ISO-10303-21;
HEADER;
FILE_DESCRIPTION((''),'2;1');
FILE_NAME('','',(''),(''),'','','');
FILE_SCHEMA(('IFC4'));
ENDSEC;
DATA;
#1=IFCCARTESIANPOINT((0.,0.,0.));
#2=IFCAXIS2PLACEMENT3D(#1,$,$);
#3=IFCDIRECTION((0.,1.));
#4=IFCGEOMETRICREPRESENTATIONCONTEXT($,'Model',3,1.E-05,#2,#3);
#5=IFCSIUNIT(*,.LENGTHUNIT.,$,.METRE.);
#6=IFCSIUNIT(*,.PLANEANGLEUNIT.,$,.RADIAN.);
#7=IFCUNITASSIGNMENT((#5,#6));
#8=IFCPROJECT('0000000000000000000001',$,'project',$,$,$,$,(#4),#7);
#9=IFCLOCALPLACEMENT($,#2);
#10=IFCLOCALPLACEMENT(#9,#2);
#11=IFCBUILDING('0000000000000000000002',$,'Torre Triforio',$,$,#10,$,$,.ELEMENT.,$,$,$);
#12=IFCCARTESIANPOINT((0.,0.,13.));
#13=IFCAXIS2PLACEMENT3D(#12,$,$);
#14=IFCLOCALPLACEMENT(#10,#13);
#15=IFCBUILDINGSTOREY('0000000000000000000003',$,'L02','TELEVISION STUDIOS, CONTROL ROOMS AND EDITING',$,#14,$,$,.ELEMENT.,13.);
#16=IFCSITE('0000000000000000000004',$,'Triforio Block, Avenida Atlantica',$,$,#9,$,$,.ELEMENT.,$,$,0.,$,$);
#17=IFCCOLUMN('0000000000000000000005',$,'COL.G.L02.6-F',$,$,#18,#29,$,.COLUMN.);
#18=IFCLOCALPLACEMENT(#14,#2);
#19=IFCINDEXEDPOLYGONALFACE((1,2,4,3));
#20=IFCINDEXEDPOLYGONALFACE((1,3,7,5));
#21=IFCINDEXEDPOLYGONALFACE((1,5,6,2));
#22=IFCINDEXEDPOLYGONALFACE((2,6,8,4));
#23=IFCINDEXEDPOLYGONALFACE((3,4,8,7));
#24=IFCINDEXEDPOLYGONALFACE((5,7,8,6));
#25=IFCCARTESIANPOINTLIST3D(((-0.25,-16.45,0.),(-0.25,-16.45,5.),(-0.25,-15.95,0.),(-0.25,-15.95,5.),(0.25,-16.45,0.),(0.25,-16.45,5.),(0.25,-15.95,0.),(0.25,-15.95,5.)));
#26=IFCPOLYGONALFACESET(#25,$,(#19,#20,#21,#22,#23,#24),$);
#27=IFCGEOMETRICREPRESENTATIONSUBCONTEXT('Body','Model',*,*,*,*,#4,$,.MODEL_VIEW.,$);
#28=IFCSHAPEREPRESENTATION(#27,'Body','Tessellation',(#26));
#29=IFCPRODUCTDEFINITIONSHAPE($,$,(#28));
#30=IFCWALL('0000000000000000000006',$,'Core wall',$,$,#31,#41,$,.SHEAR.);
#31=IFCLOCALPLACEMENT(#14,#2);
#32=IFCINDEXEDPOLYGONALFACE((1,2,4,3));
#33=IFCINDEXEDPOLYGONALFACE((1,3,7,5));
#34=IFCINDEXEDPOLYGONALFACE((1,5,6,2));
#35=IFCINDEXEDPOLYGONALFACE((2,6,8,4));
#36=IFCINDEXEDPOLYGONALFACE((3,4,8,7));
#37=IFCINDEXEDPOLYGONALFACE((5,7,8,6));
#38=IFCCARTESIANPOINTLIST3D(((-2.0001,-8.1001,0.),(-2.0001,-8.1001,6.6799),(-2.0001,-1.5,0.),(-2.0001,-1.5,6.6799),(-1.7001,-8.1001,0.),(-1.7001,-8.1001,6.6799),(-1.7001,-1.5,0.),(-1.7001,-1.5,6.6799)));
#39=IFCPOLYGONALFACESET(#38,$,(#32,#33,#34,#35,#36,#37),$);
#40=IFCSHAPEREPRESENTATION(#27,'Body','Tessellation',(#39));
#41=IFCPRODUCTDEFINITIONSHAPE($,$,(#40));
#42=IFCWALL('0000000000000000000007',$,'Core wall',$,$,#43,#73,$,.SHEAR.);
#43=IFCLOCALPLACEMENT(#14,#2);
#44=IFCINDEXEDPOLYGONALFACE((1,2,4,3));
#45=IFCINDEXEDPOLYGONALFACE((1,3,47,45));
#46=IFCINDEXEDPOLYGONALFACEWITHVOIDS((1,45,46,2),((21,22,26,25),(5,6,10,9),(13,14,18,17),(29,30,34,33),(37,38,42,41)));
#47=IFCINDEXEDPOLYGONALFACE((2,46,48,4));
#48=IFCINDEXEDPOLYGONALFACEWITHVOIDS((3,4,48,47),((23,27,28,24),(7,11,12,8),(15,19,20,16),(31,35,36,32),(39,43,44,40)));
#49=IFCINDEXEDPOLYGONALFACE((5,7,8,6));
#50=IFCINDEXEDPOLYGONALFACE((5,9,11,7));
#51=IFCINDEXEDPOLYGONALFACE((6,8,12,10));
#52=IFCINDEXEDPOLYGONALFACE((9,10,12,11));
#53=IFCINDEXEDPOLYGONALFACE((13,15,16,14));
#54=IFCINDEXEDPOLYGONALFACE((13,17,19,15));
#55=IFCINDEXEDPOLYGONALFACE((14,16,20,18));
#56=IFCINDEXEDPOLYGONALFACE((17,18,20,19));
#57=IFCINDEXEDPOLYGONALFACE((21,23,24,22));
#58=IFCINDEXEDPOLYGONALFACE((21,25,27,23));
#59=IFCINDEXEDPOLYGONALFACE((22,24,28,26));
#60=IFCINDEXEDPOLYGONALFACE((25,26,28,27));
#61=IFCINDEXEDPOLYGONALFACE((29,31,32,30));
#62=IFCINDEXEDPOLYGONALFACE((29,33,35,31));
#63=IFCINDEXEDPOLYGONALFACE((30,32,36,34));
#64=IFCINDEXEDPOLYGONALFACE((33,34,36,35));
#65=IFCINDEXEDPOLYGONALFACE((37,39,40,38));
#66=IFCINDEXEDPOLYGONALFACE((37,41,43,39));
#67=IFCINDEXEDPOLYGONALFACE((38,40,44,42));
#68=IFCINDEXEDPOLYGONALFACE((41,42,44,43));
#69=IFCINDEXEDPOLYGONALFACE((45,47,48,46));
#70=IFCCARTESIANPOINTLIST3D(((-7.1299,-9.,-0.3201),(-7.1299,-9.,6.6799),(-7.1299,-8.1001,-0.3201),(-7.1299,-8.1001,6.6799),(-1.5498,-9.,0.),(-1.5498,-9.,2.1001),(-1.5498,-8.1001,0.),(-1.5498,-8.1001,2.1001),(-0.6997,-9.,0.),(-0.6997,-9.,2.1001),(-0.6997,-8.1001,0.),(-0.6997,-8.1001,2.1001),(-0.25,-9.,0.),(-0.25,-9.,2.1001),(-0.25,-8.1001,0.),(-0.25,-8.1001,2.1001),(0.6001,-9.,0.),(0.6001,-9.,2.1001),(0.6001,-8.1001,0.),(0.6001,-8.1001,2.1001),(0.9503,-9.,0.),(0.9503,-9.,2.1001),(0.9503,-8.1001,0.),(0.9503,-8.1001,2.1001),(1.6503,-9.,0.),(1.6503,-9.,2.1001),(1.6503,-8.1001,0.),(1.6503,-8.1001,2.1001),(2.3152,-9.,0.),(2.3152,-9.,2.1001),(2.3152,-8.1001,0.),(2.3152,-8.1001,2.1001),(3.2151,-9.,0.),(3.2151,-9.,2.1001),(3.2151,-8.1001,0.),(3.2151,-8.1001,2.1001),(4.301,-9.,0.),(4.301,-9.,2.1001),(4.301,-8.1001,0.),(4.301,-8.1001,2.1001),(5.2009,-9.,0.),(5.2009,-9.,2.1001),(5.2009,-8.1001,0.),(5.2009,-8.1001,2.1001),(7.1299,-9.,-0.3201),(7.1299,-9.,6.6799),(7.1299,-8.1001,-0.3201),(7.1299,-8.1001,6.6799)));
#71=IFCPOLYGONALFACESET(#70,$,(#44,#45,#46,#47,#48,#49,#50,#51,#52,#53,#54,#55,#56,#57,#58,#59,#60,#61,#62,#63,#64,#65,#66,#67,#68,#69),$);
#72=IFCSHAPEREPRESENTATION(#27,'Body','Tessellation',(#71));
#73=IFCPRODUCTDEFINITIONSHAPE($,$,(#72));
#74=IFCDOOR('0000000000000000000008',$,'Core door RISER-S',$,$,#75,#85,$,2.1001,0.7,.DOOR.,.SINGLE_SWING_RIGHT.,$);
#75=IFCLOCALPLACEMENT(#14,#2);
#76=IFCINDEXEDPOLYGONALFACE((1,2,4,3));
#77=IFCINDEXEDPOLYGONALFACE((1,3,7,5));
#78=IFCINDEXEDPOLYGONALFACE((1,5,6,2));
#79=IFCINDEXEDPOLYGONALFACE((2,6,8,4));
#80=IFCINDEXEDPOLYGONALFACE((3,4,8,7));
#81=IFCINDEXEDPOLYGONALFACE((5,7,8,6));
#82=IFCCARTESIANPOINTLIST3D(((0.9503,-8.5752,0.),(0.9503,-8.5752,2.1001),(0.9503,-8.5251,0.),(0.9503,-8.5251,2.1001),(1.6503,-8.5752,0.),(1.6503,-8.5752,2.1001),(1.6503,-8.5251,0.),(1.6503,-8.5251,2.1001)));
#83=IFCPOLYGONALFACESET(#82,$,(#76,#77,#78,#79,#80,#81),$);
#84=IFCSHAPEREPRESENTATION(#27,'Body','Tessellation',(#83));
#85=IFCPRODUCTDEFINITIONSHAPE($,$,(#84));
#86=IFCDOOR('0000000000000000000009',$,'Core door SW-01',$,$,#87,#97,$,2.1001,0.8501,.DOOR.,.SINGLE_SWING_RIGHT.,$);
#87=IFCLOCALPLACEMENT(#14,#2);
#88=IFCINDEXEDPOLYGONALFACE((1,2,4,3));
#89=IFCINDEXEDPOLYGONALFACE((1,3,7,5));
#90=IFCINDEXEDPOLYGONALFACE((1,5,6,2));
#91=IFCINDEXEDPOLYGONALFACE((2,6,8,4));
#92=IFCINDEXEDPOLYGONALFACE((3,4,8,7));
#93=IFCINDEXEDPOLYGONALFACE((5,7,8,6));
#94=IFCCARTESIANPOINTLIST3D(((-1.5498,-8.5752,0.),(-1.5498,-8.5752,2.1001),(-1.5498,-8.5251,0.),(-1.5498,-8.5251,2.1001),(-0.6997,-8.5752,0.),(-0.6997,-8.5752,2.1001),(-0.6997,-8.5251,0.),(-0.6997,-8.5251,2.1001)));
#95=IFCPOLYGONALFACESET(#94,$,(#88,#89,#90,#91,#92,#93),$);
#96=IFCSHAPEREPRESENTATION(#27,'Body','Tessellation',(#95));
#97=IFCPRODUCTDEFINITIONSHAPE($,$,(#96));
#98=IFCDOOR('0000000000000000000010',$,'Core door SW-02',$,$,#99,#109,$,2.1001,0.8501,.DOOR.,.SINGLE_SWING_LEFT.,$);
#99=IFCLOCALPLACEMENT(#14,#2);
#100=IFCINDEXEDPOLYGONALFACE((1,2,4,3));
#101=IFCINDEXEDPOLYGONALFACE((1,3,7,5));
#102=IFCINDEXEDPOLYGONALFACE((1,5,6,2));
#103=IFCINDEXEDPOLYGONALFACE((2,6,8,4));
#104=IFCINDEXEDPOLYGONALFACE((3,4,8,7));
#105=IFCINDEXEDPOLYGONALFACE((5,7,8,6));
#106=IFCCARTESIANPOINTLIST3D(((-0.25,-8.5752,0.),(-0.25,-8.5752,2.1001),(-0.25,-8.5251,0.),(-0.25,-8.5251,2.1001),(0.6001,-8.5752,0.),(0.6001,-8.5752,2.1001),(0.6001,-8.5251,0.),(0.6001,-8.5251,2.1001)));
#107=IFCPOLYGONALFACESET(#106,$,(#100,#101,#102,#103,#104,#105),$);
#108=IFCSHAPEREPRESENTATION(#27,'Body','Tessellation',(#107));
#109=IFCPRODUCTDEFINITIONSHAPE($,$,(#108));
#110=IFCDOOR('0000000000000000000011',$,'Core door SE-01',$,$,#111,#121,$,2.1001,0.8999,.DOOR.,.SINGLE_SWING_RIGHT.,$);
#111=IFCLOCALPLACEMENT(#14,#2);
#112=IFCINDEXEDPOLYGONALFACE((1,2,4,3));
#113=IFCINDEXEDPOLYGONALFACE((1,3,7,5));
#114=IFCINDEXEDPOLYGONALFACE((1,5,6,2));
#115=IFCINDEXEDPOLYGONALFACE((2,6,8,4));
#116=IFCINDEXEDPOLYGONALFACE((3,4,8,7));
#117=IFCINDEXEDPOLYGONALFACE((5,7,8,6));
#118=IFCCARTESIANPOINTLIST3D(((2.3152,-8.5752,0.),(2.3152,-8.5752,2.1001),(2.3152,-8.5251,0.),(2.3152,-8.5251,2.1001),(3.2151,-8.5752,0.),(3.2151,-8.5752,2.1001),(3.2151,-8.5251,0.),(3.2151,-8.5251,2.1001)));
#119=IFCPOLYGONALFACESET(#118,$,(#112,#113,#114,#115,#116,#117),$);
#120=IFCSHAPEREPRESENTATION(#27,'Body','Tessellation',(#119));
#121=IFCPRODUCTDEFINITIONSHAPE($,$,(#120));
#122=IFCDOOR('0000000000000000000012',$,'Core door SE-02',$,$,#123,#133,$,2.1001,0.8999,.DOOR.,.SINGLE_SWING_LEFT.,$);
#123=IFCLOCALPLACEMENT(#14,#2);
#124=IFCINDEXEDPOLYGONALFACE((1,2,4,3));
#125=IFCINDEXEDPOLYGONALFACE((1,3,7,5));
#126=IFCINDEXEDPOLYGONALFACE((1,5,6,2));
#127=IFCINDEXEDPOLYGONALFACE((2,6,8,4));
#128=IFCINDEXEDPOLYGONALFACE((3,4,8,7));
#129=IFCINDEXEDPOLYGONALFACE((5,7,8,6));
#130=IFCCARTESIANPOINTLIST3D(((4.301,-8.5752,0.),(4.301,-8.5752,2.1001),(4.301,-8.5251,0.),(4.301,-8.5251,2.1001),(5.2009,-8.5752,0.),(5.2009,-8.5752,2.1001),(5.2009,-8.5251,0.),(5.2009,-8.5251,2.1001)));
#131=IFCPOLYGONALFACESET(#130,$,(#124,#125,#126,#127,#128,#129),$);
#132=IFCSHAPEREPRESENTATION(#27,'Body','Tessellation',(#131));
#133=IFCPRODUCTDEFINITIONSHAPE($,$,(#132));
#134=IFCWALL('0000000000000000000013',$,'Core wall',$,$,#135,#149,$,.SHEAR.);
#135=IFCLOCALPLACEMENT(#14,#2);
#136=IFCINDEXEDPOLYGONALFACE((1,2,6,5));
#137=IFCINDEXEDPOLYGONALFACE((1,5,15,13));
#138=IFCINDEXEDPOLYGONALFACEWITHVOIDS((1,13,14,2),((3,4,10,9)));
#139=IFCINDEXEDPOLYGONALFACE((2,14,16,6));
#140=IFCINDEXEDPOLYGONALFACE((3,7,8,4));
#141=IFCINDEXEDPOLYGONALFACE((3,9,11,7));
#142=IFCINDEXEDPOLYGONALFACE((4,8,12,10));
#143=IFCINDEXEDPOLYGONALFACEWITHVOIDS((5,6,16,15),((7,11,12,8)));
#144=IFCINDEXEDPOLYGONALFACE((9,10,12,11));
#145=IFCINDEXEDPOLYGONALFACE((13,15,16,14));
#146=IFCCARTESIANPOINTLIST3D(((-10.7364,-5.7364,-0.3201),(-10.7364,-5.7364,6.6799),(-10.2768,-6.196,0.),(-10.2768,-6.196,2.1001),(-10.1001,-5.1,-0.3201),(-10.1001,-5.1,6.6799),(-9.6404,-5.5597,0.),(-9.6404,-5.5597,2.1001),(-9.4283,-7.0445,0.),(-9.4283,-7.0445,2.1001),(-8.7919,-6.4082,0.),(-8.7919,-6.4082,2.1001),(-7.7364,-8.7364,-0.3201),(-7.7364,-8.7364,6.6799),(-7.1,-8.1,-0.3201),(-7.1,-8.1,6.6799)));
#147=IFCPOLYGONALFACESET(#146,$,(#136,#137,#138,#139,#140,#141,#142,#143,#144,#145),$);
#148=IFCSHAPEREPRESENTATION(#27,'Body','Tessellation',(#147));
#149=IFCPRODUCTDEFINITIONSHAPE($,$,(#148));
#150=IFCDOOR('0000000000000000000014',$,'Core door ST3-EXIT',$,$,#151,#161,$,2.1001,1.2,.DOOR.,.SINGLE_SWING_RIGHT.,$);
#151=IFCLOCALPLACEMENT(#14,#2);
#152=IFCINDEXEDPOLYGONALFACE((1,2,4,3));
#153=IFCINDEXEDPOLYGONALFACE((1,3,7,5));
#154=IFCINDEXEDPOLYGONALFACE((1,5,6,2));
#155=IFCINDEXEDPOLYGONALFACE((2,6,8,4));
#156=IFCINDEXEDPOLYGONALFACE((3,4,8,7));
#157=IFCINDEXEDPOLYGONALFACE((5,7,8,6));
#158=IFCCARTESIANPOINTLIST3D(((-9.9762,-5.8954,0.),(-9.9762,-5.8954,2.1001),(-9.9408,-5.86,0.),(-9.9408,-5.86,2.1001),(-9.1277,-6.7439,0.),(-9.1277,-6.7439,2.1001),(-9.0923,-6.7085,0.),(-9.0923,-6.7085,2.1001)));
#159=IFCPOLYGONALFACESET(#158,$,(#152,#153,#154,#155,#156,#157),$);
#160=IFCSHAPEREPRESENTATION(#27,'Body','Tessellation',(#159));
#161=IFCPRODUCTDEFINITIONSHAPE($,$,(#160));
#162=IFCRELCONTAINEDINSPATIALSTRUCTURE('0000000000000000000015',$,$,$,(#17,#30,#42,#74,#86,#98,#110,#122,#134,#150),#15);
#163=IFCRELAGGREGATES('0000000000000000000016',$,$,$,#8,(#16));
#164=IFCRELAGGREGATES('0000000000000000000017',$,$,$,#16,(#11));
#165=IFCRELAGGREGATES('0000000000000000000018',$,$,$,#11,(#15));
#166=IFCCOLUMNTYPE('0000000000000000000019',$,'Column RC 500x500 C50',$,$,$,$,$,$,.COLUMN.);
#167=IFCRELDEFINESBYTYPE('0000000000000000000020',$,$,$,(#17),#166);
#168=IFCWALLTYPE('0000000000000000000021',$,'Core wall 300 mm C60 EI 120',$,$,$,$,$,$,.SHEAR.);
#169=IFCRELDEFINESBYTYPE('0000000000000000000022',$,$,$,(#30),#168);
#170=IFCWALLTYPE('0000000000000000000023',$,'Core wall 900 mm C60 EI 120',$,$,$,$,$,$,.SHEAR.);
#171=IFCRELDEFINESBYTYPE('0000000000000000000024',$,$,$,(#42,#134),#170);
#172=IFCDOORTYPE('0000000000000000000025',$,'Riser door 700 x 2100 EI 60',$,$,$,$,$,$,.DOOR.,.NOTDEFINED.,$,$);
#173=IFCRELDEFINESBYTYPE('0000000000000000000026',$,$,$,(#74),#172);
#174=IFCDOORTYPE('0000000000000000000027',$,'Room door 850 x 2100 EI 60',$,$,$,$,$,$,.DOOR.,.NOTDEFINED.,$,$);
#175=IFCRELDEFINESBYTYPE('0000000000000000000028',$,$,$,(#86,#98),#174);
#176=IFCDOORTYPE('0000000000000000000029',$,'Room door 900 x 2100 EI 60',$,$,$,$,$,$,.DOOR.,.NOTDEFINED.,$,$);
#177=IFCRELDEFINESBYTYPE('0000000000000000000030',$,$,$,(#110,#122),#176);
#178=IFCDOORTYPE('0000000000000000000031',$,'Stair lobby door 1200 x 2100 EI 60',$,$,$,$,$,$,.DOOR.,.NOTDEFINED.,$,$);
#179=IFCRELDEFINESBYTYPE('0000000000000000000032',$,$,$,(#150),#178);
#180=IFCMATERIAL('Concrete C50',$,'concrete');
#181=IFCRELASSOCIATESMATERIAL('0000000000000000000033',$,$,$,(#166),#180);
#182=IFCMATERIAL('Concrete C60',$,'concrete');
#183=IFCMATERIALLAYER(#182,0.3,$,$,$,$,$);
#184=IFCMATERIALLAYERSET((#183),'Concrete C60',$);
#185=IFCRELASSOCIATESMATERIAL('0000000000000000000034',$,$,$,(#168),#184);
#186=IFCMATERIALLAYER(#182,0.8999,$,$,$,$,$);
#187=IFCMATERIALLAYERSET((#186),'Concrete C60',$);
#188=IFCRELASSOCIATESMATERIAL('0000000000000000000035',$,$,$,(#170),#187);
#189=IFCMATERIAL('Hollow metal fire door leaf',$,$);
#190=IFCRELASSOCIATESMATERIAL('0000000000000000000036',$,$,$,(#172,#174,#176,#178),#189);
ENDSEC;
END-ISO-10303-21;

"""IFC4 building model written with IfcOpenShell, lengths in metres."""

from ifc_helpers import new_model, si_unit, direction, frame, frame_2d, origin, origin_2d, place, context, subcontext, project, spatial, rectangle, extrude, material, layer, layer_set, material_profile, profile_set, type_object, element, fill, save


model = new_model("IFC4")

# Units and contexts
model_context = context("Model", 3, precision=1e-05, world=origin(), true_north=direction((0.0, 1.0)))
body_context = subcontext(model_context, "Body", "Model", "MODEL_VIEW")
ifc_project = project(units=[si_unit("LENGTHUNIT", "METRE"), si_unit("PLANEANGLEUNIT", "RADIAN")], contexts=[model_context])

# Site, building, storey
site_placement = place(None, origin())
site = spatial("IfcSite", under=ifc_project, at=site_placement, Name="Triforio Block, Avenida Atlantica", CompositionType="ELEMENT", RefElevation=0.0)
building_placement = place(site_placement, origin())
building = spatial("IfcBuilding", under=site, at=building_placement, Name="Torre Triforio", CompositionType="ELEMENT")
storey_placement = place(building_placement, frame((0.0, 0.0, 13.0)))
storey = spatial("IfcBuildingStorey", under=building, at=storey_placement, Name="L02", Description="TELEVISION STUDIOS, CONTROL ROOMS AND EDITING", CompositionType="ELEMENT", Elevation=13.0)

# Column
ifc_material_1 = material(Name="Concrete C50", Category="concrete")
ifc_material_profile = material_profile(ifc_material_1, rectangle(XDim=0.5, YDim=0.5, at=origin_2d()), Name="RC 500x500")
ifc_profile_set = profile_set([ifc_material_profile], Name="Concrete C50")
column_type = type_object("IfcColumnType", Name="Column RC 500x500 C50", PredefinedType="COLUMN", material=ifc_profile_set)
column_placement = place(storey_placement, frame((0.0, -16.2, 0.0), z_axis=(0.0, 0.0, 1.0), x_axis=(1.0, 0.0, 0.0)))
element("IfcColumn", 1, at=column_placement, inside=storey, type_object=column_type, Name="COL.G.L02.6-F", PredefinedType="COLUMN", context=body_context, shape_type="SweptSolid", body=[
    extrude(rectangle(XDim=0.5, YDim=0.5, at=origin_2d()), origin(), (0.0, 0.0, 1.0), 5.0),
])

# Wall
ifc_material_2 = material(Name="Concrete C60", Category="concrete")
ifc_layer_1 = layer(ifc_material_2, 0.3)
ifc_layer_set_1 = layer_set([ifc_layer_1], Name="Concrete C60")
wall_type_1 = type_object("IfcWallType", Name="Core wall 300 mm C60 EI 120", PredefinedType="SHEAR", material=ifc_layer_set_1)
wall_1_placement = place(storey_placement, frame((-1.8501, -8.1001, 0.0), z_axis=(0.0, 0.0, 1.0), x_axis=(0.0, 1.0, 0.0)))
element("IfcWall", 2, at=wall_1_placement, inside=storey, type_object=wall_type_1, Name="Core wall", PredefinedType="SHEAR", context=body_context, shape_type="SweptSolid", body=[
    extrude(rectangle(XDim=6.6001, YDim=0.3, at=frame_2d((3.3, 0.0))), origin(), (0.0, 0.0, 1.0), 6.6799),
])

# Wall, openings, doors
ifc_layer_2 = layer(ifc_material_2, 0.8999)
ifc_layer_set_2 = layer_set([ifc_layer_2], Name="Concrete C60")
wall_type_2 = type_object("IfcWallType", Name="Core wall 900 mm C60 EI 120", PredefinedType="SHEAR", material=ifc_layer_set_2)
wall_2_placement = place(storey_placement, frame((-7.1299, -8.55, -0.3201), z_axis=(0.0, 0.0, 1.0), x_axis=(1.0, 0.0, 0.0)))
wall_2 = element("IfcWall", 3, at=wall_2_placement, inside=storey, type_object=wall_type_2, Name="Core wall", PredefinedType="SHEAR", context=body_context, shape_type="SweptSolid", body=[
    extrude(rectangle(XDim=14.2598, YDim=0.8999, at=frame_2d((7.1299, 0.0))), origin(), (0.0, 0.0, 1.0), 7.0),
])
opening_1_placement = place(wall_2_placement, frame((8.0801, 0.0, 0.3201)))
opening_1 = element("IfcOpeningElement", 4, at=opening_1_placement, cuts=wall_2, PredefinedType="OPENING", context=body_context, shape_type="SweptSolid", body=[
    extrude(rectangle(XDim=0.7, YDim=2.1001, at=frame_2d((0.3501, 1.05))), frame((0.0, 0.46, 0.0), z_axis=(0.0, -1.0, 0.0), x_axis=(1.0, 0.0, 0.0)), (0.0, 0.0, 1.0), 0.9199),
])
opening_2_placement = place(wall_2_placement, frame((5.5801, 0.0, 0.3201)))
opening_2 = element("IfcOpeningElement", 5, at=opening_2_placement, cuts=wall_2, PredefinedType="OPENING", context=body_context, shape_type="SweptSolid", body=[
    extrude(rectangle(XDim=0.8501, YDim=2.1001, at=frame_2d((0.425, 1.05))), frame((0.0, 0.46, 0.0), z_axis=(0.0, -1.0, 0.0), x_axis=(1.0, 0.0, 0.0)), (0.0, 0.0, 1.0), 0.9199),
])
opening_3_placement = place(wall_2_placement, frame((6.8799, 0.0, 0.3201)))
opening_3 = element("IfcOpeningElement", 6, at=opening_3_placement, cuts=wall_2, PredefinedType="OPENING", context=body_context, shape_type="SweptSolid", body=[
    extrude(rectangle(XDim=0.8501, YDim=2.1001, at=frame_2d((0.425, 1.05))), frame((0.0, 0.46, 0.0), z_axis=(0.0, -1.0, 0.0), x_axis=(1.0, 0.0, 0.0)), (0.0, 0.0, 1.0), 0.9199),
])
opening_4_placement = place(wall_2_placement, frame((9.4451, 0.0, 0.3201)))
opening_4 = element("IfcOpeningElement", 7, at=opening_4_placement, cuts=wall_2, PredefinedType="OPENING", context=body_context, shape_type="SweptSolid", body=[
    extrude(rectangle(XDim=0.8999, YDim=2.1001, at=frame_2d((0.45, 1.05))), frame((0.0, 0.46, 0.0), z_axis=(0.0, -1.0, 0.0), x_axis=(1.0, 0.0, 0.0)), (0.0, 0.0, 1.0), 0.9199),
])
opening_5_placement = place(wall_2_placement, frame((11.4309, 0.0, 0.3201)))
opening_5 = element("IfcOpeningElement", 8, at=opening_5_placement, cuts=wall_2, PredefinedType="OPENING", context=body_context, shape_type="SweptSolid", body=[
    extrude(rectangle(XDim=0.8999, YDim=2.1001, at=frame_2d((0.45, 1.05))), frame((0.0, 0.46, 0.0), z_axis=(0.0, -1.0, 0.0), x_axis=(1.0, 0.0, 0.0)), (0.0, 0.0, 1.0), 0.9199),
])
ifc_material_3 = material(Name="Hollow metal fire door leaf")
door_type_1 = type_object("IfcDoorType", Name="Riser door 700 x 2100 EI 60", OperationType="NOTDEFINED", PredefinedType="DOOR", material=ifc_material_3)
door_1_placement = place(opening_1_placement, origin())
door_1 = element("IfcDoor", 9, at=door_1_placement, inside=storey, type_object=door_type_1, Name="Core door RISER-S", OperationType="SINGLE_SWING_RIGHT", OverallHeight=2.1001, OverallWidth=0.7, PredefinedType="DOOR", context=body_context, shape_type="SweptSolid", body=[
    extrude(rectangle(XDim=0.7, YDim=2.1001, at=frame_2d((0.3501, 1.05))), frame((0.0, 0.0249, 0.0), z_axis=(0.0, -1.0, 0.0), x_axis=(1.0, 0.0, 0.0)), (0.0, 0.0, 1.0), 0.05),
])
fill(opening_1, door_1)
door_type_2 = type_object("IfcDoorType", Name="Room door 850 x 2100 EI 60", OperationType="NOTDEFINED", PredefinedType="DOOR", material=ifc_material_3)
door_2_placement = place(opening_2_placement, origin())
door_2 = element("IfcDoor", 10, at=door_2_placement, inside=storey, type_object=door_type_2, Name="Core door SW-01", OperationType="SINGLE_SWING_RIGHT", OverallHeight=2.1001, OverallWidth=0.8501, PredefinedType="DOOR", context=body_context, shape_type="SweptSolid", body=[
    extrude(rectangle(XDim=0.8501, YDim=2.1001, at=frame_2d((0.425, 1.05))), frame((0.0, 0.0249, 0.0), z_axis=(0.0, -1.0, 0.0), x_axis=(1.0, 0.0, 0.0)), (0.0, 0.0, 1.0), 0.05),
])
fill(opening_2, door_2)
door_3_placement = place(opening_3_placement, origin())
door_3 = element("IfcDoor", 11, at=door_3_placement, inside=storey, type_object=door_type_2, Name="Core door SW-02", OperationType="SINGLE_SWING_LEFT", OverallHeight=2.1001, OverallWidth=0.8501, PredefinedType="DOOR", context=body_context, shape_type="SweptSolid", body=[
    extrude(rectangle(XDim=0.8501, YDim=2.1001, at=frame_2d((0.425, 1.05))), frame((0.0, 0.0249, 0.0), z_axis=(0.0, -1.0, 0.0), x_axis=(1.0, 0.0, 0.0)), (0.0, 0.0, 1.0), 0.05),
])
fill(opening_3, door_3)
door_type_3 = type_object("IfcDoorType", Name="Room door 900 x 2100 EI 60", OperationType="NOTDEFINED", PredefinedType="DOOR", material=ifc_material_3)
door_4_placement = place(opening_4_placement, origin())
door_4 = element("IfcDoor", 12, at=door_4_placement, inside=storey, type_object=door_type_3, Name="Core door SE-01", OperationType="SINGLE_SWING_RIGHT", OverallHeight=2.1001, OverallWidth=0.8999, PredefinedType="DOOR", context=body_context, shape_type="SweptSolid", body=[
    extrude(rectangle(XDim=0.8999, YDim=2.1001, at=frame_2d((0.45, 1.05))), frame((0.0, 0.0249, 0.0), z_axis=(0.0, -1.0, 0.0), x_axis=(1.0, 0.0, 0.0)), (0.0, 0.0, 1.0), 0.05),
])
fill(opening_4, door_4)
door_5_placement = place(opening_5_placement, origin())
door_5 = element("IfcDoor", 13, at=door_5_placement, inside=storey, type_object=door_type_3, Name="Core door SE-02", OperationType="SINGLE_SWING_LEFT", OverallHeight=2.1001, OverallWidth=0.8999, PredefinedType="DOOR", context=body_context, shape_type="SweptSolid", body=[
    extrude(rectangle(XDim=0.8999, YDim=2.1001, at=frame_2d((0.45, 1.05))), frame((0.0, 0.0249, 0.0), z_axis=(0.0, -1.0, 0.0), x_axis=(1.0, 0.0, 0.0)), (0.0, 0.0, 1.0), 0.05),
])
fill(opening_5, door_5)

# Wall, opening, door
wall_3_placement = place(storey_placement, frame((-7.4182, -8.4182, -0.3201), z_axis=(0.0, 0.0, 1.0), x_axis=(-0.707107, 0.707107, 0.0)))
wall_3 = element("IfcWall", 14, at=wall_3_placement, inside=storey, type_object=wall_type_2, Name="Core wall", PredefinedType="SHEAR", context=body_context, shape_type="SweptSolid", body=[
    extrude(rectangle(XDim=4.2427, YDim=0.8999, at=frame_2d((2.1213, 0.0))), origin(), (0.0, 0.0, 1.0), 7.0),
])
opening_6_placement = place(wall_3_placement, frame((2.3926, 0.0, 0.3201)))
opening_6 = element("IfcOpeningElement", 15, at=opening_6_placement, cuts=wall_3, PredefinedType="OPENING", context=body_context, shape_type="SweptSolid", body=[
    extrude(rectangle(XDim=1.2, YDim=2.1001, at=frame_2d((0.6001, 1.05))), frame((0.0, 0.46, 0.0), z_axis=(0.0, -1.0, 0.0), x_axis=(1.0, 0.0, 0.0)), (0.0, 0.0, 1.0), 0.9199),
])
door_type_4 = type_object("IfcDoorType", Name="Stair lobby door 1200 x 2100 EI 60", OperationType="NOTDEFINED", PredefinedType="DOOR", material=ifc_material_3)
door_6_placement = place(opening_6_placement, origin())
door_6 = element("IfcDoor", 16, at=door_6_placement, inside=storey, type_object=door_type_4, Name="Core door ST3-EXIT", OperationType="SINGLE_SWING_RIGHT", OverallHeight=2.1001, OverallWidth=1.2, PredefinedType="DOOR", context=body_context, shape_type="SweptSolid", body=[
    extrude(rectangle(XDim=1.2, YDim=2.1001, at=frame_2d((0.6001, 1.05))), frame((0.0, 0.0249, 0.0), z_axis=(0.0, -1.0, 0.0), x_axis=(1.0, 0.0, 0.0)), (0.0, 0.0, 1.0), 0.05),
])
fill(opening_6, door_6)

save(model, "model.ifc")
